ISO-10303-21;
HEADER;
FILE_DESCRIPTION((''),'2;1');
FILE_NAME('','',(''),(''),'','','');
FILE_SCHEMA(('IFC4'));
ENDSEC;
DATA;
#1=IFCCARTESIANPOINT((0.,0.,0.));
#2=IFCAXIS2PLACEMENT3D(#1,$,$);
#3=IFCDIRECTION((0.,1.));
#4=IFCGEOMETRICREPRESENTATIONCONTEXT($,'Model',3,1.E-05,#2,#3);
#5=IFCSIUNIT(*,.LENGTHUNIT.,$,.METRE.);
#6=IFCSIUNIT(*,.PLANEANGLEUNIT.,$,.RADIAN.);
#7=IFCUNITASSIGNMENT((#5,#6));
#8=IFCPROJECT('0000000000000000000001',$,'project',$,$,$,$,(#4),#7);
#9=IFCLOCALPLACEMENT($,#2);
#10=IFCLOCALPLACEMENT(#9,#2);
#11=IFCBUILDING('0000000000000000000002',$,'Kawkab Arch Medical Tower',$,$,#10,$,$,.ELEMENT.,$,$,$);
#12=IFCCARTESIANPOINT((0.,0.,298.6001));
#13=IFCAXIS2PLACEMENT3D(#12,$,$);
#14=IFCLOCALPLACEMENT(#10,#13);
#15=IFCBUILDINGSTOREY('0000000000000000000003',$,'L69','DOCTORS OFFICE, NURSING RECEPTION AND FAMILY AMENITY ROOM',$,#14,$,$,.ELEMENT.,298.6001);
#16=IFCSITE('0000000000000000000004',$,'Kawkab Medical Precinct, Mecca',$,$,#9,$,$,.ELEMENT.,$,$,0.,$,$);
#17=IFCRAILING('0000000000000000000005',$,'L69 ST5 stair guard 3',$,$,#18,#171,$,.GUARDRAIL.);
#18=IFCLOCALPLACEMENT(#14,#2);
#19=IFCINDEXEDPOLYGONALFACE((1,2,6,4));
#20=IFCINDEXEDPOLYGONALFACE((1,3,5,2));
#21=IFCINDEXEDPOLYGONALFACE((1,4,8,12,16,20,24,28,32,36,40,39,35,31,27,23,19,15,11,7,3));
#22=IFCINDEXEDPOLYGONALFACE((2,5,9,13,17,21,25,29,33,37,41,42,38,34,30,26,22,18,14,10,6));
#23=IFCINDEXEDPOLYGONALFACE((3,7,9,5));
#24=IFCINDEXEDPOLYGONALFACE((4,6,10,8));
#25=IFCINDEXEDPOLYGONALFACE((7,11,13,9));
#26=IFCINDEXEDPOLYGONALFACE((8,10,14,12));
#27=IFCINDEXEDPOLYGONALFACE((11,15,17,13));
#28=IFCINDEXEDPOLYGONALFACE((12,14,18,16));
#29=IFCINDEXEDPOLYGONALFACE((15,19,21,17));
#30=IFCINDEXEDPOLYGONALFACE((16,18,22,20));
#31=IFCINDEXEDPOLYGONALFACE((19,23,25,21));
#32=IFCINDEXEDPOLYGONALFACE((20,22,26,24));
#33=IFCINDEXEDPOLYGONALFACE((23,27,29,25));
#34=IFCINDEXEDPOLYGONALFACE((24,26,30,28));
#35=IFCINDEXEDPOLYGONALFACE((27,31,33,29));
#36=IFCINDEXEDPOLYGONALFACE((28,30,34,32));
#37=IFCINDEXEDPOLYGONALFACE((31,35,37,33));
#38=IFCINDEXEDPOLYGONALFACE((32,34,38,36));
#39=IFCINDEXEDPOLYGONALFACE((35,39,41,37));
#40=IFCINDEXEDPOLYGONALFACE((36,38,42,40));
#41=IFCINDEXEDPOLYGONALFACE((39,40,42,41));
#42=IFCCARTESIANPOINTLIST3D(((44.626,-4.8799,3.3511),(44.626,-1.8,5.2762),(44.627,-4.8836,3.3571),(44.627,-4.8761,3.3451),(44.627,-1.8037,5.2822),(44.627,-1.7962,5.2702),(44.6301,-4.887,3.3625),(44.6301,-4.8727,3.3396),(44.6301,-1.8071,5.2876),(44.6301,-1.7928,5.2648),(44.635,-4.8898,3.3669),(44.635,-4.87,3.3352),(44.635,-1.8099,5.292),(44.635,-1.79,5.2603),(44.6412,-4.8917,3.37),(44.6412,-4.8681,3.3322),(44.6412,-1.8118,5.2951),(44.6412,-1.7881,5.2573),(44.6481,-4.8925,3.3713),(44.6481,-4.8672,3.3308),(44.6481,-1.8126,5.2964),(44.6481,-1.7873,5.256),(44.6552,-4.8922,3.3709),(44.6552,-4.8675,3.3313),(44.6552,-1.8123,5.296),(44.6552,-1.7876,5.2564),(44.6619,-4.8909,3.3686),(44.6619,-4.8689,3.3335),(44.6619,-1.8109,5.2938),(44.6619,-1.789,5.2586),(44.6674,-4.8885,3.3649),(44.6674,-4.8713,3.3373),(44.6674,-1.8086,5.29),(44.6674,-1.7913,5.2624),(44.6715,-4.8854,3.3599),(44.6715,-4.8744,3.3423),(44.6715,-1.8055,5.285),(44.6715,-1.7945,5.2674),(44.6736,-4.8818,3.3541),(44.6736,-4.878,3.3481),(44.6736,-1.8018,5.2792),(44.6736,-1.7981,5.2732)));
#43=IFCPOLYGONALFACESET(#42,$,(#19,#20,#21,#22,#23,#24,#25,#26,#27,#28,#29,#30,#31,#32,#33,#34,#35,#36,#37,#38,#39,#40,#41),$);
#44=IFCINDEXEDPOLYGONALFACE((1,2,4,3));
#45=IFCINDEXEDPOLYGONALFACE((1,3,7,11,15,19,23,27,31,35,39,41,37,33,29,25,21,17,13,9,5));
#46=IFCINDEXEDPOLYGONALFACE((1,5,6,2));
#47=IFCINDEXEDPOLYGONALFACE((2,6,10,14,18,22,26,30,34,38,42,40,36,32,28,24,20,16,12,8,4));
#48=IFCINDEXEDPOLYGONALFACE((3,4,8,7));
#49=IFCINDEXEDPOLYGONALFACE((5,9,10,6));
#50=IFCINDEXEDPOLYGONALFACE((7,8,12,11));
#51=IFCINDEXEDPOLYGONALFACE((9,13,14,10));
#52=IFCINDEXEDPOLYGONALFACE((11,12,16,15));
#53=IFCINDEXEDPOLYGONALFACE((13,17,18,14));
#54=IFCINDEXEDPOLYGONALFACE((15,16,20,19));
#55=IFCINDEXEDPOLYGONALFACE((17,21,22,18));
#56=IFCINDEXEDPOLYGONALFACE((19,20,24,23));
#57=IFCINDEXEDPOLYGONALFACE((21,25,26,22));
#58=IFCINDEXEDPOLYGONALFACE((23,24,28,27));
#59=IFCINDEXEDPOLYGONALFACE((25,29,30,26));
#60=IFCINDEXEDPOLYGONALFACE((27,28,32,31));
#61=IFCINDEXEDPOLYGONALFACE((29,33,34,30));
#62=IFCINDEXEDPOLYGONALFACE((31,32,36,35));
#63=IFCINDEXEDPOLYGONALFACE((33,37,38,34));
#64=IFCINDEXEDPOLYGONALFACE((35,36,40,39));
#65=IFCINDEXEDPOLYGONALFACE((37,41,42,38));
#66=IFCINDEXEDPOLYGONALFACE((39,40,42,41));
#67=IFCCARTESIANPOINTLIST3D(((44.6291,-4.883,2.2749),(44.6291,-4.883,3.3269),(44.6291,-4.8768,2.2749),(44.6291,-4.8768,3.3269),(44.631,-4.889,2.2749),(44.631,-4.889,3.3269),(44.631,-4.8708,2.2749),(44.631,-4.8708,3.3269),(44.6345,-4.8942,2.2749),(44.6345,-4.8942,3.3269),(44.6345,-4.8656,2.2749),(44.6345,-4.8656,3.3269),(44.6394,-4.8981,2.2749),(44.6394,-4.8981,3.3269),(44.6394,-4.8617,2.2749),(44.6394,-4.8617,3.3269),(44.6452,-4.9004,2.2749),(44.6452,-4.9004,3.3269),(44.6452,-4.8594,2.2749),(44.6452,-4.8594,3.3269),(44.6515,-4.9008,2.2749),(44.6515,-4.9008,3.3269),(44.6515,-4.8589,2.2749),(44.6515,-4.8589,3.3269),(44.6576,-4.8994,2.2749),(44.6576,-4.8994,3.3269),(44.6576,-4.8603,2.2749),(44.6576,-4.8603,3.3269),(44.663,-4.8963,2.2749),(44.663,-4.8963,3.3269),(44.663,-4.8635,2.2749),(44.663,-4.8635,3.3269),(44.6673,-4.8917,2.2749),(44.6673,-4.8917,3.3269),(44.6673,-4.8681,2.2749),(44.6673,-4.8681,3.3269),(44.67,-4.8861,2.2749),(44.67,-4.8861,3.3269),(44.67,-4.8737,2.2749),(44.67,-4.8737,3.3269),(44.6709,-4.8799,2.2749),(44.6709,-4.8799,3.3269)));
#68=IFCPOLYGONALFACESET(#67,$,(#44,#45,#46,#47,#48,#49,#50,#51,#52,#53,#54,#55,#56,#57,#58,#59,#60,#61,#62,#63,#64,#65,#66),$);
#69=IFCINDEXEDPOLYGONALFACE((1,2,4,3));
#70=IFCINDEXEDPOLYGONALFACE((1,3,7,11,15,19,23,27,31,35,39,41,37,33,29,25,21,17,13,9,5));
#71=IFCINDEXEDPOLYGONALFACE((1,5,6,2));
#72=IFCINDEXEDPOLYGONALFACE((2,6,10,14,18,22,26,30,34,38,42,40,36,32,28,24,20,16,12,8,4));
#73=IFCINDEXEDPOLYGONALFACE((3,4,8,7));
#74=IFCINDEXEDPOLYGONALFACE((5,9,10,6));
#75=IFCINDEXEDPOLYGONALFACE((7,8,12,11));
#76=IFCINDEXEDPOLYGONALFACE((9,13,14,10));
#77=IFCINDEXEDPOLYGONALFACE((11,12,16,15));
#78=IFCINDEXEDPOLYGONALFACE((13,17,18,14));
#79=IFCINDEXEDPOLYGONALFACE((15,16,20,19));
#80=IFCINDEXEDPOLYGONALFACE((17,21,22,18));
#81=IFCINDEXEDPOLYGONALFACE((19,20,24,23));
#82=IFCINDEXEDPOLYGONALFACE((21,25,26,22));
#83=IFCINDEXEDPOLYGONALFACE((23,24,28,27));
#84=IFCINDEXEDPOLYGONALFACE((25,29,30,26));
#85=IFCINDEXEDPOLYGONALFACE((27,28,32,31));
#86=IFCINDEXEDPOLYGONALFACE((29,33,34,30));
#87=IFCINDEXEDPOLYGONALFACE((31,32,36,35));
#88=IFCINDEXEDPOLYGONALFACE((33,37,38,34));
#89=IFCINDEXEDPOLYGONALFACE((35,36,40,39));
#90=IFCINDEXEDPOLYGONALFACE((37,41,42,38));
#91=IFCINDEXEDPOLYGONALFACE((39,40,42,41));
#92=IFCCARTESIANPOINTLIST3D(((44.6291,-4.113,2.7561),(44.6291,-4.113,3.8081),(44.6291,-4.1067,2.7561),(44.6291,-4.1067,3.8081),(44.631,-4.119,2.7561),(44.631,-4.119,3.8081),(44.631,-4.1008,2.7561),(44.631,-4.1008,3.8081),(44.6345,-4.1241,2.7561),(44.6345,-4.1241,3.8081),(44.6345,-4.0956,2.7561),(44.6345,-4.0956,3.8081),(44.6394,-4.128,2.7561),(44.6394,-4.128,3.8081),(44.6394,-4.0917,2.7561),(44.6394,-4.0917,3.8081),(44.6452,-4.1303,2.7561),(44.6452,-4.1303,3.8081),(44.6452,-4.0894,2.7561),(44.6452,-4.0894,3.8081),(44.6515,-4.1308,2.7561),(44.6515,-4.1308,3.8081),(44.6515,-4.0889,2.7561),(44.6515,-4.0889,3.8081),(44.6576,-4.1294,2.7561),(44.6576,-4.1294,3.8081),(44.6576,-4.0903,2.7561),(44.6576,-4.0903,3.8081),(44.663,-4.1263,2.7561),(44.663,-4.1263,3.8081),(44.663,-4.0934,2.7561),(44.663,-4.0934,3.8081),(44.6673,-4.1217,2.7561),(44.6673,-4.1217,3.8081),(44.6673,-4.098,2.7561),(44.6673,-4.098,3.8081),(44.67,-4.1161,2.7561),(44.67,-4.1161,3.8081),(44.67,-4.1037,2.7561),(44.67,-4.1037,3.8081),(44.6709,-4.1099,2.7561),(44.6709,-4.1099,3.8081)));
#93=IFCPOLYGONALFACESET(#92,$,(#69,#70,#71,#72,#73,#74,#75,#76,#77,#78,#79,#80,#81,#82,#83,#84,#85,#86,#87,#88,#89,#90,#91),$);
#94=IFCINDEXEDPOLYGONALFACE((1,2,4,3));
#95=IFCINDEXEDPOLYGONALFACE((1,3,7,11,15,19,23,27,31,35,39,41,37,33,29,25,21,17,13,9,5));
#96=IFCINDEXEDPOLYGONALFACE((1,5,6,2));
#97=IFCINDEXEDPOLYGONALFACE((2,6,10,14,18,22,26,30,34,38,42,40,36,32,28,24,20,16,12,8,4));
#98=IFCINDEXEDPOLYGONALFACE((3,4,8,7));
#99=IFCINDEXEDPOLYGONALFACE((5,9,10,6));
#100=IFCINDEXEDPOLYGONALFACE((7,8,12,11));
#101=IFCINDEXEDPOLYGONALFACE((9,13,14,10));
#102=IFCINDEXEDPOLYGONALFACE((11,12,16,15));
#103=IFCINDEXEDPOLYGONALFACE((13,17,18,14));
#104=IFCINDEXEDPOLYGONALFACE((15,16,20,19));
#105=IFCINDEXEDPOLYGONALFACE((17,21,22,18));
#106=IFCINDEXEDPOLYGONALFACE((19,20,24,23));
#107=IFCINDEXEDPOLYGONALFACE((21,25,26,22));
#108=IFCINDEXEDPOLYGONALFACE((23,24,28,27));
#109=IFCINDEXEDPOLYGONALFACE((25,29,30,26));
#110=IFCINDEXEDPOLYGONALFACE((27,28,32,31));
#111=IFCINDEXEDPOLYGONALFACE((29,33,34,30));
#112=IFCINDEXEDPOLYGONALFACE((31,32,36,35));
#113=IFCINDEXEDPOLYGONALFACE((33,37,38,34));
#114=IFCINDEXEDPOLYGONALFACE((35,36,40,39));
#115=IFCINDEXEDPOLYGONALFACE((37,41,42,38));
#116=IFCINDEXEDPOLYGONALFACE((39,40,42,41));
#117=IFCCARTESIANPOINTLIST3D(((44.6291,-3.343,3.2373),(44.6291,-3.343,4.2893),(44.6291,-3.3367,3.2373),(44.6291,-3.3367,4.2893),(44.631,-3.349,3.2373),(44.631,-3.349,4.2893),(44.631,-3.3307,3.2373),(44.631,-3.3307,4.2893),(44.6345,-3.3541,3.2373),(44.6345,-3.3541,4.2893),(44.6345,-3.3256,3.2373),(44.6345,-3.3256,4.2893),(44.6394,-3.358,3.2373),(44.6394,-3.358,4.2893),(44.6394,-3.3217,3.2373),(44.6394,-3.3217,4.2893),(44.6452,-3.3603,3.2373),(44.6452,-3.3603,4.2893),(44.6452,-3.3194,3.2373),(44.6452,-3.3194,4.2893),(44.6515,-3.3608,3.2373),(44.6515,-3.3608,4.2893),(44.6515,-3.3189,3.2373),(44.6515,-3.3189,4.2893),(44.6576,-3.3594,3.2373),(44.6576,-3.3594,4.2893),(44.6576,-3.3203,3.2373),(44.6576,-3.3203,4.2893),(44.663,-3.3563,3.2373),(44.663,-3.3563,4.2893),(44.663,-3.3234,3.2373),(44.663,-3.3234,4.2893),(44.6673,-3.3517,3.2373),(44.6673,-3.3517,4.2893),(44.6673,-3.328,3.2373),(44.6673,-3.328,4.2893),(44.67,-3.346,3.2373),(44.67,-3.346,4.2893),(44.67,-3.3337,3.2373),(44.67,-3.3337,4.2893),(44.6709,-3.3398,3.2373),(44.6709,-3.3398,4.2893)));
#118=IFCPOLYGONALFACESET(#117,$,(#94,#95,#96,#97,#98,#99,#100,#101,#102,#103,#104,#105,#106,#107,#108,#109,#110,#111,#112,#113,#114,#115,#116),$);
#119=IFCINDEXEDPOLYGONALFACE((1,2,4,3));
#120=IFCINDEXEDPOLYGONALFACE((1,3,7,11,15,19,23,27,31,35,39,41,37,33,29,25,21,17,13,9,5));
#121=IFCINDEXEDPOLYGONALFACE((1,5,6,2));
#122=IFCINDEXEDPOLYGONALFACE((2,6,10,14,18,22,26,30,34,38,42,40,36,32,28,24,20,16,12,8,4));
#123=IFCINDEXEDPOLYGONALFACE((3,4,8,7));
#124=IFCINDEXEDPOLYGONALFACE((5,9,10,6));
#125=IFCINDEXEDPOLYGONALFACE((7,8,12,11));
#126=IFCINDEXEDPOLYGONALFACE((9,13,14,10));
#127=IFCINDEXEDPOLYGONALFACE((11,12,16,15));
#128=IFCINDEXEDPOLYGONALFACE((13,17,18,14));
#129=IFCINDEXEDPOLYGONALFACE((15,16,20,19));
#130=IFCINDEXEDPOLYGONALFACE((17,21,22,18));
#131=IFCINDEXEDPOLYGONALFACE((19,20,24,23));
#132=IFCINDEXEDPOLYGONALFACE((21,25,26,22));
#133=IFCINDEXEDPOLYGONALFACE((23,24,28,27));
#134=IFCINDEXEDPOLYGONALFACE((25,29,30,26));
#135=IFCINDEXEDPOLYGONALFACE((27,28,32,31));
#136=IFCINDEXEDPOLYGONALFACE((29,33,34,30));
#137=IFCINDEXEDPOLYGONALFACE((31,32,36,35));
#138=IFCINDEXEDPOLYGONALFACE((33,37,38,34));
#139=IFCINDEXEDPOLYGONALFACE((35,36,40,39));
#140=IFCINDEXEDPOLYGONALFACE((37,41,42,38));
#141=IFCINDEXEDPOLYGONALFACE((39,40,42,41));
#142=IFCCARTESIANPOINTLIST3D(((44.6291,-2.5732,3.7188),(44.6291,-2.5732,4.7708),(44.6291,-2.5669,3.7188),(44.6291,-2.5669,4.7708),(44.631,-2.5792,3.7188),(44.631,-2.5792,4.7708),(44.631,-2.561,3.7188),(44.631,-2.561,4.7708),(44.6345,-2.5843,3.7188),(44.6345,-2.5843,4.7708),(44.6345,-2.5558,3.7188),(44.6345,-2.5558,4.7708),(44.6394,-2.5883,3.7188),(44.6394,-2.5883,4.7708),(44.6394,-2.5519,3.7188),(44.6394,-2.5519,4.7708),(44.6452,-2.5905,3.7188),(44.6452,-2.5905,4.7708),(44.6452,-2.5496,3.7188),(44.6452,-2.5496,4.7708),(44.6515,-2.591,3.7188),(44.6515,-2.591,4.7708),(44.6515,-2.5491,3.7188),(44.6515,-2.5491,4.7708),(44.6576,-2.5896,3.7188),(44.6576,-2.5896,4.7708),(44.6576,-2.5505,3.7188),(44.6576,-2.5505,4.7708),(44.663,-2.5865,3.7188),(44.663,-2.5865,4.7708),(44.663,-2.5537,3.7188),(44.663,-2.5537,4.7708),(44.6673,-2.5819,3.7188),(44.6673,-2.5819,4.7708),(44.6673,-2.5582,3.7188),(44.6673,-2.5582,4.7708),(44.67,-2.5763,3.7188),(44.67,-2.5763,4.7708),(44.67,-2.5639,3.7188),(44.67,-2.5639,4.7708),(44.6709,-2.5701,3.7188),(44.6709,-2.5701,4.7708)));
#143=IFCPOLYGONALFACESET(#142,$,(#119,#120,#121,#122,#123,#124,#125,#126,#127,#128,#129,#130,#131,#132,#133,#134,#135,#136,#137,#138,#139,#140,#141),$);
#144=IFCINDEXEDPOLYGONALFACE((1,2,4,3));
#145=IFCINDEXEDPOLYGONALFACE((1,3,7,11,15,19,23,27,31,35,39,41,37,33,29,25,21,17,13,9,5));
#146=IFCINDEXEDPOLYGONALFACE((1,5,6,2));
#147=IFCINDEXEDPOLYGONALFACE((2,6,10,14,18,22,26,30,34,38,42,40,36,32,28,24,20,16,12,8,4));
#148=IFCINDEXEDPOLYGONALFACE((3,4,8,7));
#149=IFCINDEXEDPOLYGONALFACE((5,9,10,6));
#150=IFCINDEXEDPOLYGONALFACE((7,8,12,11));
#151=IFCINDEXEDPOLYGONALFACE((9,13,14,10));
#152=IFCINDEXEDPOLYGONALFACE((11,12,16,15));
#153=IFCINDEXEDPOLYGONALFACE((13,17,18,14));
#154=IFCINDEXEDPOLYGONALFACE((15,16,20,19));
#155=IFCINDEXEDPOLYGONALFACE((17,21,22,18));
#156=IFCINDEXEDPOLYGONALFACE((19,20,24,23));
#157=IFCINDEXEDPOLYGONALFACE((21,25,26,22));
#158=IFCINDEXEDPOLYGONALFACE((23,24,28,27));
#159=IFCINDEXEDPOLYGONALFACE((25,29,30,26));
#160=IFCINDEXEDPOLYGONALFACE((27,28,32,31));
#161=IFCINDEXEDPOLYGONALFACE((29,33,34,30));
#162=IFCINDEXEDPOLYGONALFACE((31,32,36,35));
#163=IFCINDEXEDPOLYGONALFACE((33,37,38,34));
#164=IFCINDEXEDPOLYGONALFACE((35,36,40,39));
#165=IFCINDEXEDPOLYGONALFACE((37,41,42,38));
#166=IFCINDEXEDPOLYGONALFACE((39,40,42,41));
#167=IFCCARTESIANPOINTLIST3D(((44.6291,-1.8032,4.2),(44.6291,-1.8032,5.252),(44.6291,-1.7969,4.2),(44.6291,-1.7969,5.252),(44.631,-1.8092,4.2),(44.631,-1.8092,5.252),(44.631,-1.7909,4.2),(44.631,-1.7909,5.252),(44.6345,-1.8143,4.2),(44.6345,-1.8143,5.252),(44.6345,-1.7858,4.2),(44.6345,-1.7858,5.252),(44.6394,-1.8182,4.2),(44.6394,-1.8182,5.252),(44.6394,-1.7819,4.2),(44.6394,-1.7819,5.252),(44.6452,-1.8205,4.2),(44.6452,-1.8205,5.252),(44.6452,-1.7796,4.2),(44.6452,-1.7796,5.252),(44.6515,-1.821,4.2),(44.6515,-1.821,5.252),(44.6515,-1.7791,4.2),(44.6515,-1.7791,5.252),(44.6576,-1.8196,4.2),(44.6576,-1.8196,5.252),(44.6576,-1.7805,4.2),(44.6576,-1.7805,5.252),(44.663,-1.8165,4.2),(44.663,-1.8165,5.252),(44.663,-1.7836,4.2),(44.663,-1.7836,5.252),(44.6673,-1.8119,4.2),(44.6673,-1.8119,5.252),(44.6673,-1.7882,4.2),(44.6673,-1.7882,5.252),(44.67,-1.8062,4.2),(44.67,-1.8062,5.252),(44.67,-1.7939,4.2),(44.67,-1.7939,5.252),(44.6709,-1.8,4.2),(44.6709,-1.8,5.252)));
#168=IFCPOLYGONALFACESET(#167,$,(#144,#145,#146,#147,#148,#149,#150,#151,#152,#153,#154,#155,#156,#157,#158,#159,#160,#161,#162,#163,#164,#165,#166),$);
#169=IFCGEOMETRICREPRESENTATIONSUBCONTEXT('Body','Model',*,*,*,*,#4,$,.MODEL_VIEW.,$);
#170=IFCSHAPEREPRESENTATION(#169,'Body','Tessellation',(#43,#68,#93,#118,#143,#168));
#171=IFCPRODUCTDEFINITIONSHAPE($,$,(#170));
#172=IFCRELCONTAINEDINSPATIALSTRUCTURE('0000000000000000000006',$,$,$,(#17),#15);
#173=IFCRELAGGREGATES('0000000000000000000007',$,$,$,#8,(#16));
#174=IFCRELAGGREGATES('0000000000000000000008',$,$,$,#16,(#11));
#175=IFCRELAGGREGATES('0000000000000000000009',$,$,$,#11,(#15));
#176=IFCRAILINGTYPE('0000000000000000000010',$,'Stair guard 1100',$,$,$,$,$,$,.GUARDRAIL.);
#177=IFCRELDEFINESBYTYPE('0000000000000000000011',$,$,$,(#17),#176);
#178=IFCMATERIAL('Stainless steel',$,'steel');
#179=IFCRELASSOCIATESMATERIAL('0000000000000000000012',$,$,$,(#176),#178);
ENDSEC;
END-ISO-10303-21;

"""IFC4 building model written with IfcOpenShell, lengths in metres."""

from ifc_helpers import new_model, si_unit, direction, frame, origin, origin_2d, place, context, subcontext, project, spatial, circle, extrude, material, type_object, element, save


model = new_model("IFC4")

# Units and contexts
model_context = context("Model", 3, precision=1e-05, world=origin(), true_north=direction((0.0, 1.0)))
body_context = subcontext(model_context, "Body", "Model", "MODEL_VIEW")
ifc_project = project(units=[si_unit("LENGTHUNIT", "METRE"), si_unit("PLANEANGLEUNIT", "RADIAN")], contexts=[model_context])

# Site, building, storey
site_placement = place(None, origin())
site = spatial("IfcSite", under=ifc_project, at=site_placement, Name="Kawkab Medical Precinct, Mecca", CompositionType="ELEMENT", RefElevation=0.0)
building_placement = place(site_placement, origin())
building = spatial("IfcBuilding", under=site, at=building_placement, Name="Kawkab Arch Medical Tower", CompositionType="ELEMENT")
storey_placement = place(building_placement, frame((0.0, 0.0, 298.6001)))
storey = spatial("IfcBuildingStorey", under=building, at=storey_placement, Name="L69", Description="DOCTORS OFFICE, NURSING RECEPTION AND FAMILY AMENITY ROOM", CompositionType="ELEMENT", Elevation=298.6001)

# Railing
ifc_material_1 = material(Name="Stainless steel", Category="steel")
railing_type = type_object("IfcRailingType", Name="Stair guard 1100", PredefinedType="GUARDRAIL", material=ifc_material_1)
railing_1_placement = place(storey_placement, frame((44.6499, -4.8799, 2.2749)))
element("IfcRailing", 1, at=railing_1_placement, inside=storey, type_object=railing_type, Name="L69 ST5 stair guard 3", PredefinedType="GUARDRAIL", context=body_context, shape_type="SweptSolid", body=[
    extrude(circle(Radius=0.0239, at=origin_2d()), frame((0.0, 0.0, 1.0762), z_axis=(0.0, 0.847979, 0.530029), x_axis=(-1.0, 0.0, 0.0)), (0.0, 0.0, 1.0), 3.6321),
    extrude(circle(Radius=0.021, at=origin_2d()), origin(), (0.0, 0.0, 1.0), 1.052),
    extrude(circle(Radius=0.021, at=origin_2d()), frame((0.0, 0.77, 0.4812)), (0.0, 0.0, 1.0), 1.052),
    extrude(circle(Radius=0.021, at=origin_2d()), frame((0.0, 1.54, 0.9624)), (0.0, 0.0, 1.0), 1.052),
    extrude(circle(Radius=0.021, at=origin_2d()), frame((0.0, 2.3098, 1.4438)), (0.0, 0.0, 1.0), 1.052),
    extrude(circle(Radius=0.021, at=origin_2d()), frame((0.0, 3.0798, 1.925)), (0.0, 0.0, 1.0), 1.052),
])

save(model, "model.ifc")
